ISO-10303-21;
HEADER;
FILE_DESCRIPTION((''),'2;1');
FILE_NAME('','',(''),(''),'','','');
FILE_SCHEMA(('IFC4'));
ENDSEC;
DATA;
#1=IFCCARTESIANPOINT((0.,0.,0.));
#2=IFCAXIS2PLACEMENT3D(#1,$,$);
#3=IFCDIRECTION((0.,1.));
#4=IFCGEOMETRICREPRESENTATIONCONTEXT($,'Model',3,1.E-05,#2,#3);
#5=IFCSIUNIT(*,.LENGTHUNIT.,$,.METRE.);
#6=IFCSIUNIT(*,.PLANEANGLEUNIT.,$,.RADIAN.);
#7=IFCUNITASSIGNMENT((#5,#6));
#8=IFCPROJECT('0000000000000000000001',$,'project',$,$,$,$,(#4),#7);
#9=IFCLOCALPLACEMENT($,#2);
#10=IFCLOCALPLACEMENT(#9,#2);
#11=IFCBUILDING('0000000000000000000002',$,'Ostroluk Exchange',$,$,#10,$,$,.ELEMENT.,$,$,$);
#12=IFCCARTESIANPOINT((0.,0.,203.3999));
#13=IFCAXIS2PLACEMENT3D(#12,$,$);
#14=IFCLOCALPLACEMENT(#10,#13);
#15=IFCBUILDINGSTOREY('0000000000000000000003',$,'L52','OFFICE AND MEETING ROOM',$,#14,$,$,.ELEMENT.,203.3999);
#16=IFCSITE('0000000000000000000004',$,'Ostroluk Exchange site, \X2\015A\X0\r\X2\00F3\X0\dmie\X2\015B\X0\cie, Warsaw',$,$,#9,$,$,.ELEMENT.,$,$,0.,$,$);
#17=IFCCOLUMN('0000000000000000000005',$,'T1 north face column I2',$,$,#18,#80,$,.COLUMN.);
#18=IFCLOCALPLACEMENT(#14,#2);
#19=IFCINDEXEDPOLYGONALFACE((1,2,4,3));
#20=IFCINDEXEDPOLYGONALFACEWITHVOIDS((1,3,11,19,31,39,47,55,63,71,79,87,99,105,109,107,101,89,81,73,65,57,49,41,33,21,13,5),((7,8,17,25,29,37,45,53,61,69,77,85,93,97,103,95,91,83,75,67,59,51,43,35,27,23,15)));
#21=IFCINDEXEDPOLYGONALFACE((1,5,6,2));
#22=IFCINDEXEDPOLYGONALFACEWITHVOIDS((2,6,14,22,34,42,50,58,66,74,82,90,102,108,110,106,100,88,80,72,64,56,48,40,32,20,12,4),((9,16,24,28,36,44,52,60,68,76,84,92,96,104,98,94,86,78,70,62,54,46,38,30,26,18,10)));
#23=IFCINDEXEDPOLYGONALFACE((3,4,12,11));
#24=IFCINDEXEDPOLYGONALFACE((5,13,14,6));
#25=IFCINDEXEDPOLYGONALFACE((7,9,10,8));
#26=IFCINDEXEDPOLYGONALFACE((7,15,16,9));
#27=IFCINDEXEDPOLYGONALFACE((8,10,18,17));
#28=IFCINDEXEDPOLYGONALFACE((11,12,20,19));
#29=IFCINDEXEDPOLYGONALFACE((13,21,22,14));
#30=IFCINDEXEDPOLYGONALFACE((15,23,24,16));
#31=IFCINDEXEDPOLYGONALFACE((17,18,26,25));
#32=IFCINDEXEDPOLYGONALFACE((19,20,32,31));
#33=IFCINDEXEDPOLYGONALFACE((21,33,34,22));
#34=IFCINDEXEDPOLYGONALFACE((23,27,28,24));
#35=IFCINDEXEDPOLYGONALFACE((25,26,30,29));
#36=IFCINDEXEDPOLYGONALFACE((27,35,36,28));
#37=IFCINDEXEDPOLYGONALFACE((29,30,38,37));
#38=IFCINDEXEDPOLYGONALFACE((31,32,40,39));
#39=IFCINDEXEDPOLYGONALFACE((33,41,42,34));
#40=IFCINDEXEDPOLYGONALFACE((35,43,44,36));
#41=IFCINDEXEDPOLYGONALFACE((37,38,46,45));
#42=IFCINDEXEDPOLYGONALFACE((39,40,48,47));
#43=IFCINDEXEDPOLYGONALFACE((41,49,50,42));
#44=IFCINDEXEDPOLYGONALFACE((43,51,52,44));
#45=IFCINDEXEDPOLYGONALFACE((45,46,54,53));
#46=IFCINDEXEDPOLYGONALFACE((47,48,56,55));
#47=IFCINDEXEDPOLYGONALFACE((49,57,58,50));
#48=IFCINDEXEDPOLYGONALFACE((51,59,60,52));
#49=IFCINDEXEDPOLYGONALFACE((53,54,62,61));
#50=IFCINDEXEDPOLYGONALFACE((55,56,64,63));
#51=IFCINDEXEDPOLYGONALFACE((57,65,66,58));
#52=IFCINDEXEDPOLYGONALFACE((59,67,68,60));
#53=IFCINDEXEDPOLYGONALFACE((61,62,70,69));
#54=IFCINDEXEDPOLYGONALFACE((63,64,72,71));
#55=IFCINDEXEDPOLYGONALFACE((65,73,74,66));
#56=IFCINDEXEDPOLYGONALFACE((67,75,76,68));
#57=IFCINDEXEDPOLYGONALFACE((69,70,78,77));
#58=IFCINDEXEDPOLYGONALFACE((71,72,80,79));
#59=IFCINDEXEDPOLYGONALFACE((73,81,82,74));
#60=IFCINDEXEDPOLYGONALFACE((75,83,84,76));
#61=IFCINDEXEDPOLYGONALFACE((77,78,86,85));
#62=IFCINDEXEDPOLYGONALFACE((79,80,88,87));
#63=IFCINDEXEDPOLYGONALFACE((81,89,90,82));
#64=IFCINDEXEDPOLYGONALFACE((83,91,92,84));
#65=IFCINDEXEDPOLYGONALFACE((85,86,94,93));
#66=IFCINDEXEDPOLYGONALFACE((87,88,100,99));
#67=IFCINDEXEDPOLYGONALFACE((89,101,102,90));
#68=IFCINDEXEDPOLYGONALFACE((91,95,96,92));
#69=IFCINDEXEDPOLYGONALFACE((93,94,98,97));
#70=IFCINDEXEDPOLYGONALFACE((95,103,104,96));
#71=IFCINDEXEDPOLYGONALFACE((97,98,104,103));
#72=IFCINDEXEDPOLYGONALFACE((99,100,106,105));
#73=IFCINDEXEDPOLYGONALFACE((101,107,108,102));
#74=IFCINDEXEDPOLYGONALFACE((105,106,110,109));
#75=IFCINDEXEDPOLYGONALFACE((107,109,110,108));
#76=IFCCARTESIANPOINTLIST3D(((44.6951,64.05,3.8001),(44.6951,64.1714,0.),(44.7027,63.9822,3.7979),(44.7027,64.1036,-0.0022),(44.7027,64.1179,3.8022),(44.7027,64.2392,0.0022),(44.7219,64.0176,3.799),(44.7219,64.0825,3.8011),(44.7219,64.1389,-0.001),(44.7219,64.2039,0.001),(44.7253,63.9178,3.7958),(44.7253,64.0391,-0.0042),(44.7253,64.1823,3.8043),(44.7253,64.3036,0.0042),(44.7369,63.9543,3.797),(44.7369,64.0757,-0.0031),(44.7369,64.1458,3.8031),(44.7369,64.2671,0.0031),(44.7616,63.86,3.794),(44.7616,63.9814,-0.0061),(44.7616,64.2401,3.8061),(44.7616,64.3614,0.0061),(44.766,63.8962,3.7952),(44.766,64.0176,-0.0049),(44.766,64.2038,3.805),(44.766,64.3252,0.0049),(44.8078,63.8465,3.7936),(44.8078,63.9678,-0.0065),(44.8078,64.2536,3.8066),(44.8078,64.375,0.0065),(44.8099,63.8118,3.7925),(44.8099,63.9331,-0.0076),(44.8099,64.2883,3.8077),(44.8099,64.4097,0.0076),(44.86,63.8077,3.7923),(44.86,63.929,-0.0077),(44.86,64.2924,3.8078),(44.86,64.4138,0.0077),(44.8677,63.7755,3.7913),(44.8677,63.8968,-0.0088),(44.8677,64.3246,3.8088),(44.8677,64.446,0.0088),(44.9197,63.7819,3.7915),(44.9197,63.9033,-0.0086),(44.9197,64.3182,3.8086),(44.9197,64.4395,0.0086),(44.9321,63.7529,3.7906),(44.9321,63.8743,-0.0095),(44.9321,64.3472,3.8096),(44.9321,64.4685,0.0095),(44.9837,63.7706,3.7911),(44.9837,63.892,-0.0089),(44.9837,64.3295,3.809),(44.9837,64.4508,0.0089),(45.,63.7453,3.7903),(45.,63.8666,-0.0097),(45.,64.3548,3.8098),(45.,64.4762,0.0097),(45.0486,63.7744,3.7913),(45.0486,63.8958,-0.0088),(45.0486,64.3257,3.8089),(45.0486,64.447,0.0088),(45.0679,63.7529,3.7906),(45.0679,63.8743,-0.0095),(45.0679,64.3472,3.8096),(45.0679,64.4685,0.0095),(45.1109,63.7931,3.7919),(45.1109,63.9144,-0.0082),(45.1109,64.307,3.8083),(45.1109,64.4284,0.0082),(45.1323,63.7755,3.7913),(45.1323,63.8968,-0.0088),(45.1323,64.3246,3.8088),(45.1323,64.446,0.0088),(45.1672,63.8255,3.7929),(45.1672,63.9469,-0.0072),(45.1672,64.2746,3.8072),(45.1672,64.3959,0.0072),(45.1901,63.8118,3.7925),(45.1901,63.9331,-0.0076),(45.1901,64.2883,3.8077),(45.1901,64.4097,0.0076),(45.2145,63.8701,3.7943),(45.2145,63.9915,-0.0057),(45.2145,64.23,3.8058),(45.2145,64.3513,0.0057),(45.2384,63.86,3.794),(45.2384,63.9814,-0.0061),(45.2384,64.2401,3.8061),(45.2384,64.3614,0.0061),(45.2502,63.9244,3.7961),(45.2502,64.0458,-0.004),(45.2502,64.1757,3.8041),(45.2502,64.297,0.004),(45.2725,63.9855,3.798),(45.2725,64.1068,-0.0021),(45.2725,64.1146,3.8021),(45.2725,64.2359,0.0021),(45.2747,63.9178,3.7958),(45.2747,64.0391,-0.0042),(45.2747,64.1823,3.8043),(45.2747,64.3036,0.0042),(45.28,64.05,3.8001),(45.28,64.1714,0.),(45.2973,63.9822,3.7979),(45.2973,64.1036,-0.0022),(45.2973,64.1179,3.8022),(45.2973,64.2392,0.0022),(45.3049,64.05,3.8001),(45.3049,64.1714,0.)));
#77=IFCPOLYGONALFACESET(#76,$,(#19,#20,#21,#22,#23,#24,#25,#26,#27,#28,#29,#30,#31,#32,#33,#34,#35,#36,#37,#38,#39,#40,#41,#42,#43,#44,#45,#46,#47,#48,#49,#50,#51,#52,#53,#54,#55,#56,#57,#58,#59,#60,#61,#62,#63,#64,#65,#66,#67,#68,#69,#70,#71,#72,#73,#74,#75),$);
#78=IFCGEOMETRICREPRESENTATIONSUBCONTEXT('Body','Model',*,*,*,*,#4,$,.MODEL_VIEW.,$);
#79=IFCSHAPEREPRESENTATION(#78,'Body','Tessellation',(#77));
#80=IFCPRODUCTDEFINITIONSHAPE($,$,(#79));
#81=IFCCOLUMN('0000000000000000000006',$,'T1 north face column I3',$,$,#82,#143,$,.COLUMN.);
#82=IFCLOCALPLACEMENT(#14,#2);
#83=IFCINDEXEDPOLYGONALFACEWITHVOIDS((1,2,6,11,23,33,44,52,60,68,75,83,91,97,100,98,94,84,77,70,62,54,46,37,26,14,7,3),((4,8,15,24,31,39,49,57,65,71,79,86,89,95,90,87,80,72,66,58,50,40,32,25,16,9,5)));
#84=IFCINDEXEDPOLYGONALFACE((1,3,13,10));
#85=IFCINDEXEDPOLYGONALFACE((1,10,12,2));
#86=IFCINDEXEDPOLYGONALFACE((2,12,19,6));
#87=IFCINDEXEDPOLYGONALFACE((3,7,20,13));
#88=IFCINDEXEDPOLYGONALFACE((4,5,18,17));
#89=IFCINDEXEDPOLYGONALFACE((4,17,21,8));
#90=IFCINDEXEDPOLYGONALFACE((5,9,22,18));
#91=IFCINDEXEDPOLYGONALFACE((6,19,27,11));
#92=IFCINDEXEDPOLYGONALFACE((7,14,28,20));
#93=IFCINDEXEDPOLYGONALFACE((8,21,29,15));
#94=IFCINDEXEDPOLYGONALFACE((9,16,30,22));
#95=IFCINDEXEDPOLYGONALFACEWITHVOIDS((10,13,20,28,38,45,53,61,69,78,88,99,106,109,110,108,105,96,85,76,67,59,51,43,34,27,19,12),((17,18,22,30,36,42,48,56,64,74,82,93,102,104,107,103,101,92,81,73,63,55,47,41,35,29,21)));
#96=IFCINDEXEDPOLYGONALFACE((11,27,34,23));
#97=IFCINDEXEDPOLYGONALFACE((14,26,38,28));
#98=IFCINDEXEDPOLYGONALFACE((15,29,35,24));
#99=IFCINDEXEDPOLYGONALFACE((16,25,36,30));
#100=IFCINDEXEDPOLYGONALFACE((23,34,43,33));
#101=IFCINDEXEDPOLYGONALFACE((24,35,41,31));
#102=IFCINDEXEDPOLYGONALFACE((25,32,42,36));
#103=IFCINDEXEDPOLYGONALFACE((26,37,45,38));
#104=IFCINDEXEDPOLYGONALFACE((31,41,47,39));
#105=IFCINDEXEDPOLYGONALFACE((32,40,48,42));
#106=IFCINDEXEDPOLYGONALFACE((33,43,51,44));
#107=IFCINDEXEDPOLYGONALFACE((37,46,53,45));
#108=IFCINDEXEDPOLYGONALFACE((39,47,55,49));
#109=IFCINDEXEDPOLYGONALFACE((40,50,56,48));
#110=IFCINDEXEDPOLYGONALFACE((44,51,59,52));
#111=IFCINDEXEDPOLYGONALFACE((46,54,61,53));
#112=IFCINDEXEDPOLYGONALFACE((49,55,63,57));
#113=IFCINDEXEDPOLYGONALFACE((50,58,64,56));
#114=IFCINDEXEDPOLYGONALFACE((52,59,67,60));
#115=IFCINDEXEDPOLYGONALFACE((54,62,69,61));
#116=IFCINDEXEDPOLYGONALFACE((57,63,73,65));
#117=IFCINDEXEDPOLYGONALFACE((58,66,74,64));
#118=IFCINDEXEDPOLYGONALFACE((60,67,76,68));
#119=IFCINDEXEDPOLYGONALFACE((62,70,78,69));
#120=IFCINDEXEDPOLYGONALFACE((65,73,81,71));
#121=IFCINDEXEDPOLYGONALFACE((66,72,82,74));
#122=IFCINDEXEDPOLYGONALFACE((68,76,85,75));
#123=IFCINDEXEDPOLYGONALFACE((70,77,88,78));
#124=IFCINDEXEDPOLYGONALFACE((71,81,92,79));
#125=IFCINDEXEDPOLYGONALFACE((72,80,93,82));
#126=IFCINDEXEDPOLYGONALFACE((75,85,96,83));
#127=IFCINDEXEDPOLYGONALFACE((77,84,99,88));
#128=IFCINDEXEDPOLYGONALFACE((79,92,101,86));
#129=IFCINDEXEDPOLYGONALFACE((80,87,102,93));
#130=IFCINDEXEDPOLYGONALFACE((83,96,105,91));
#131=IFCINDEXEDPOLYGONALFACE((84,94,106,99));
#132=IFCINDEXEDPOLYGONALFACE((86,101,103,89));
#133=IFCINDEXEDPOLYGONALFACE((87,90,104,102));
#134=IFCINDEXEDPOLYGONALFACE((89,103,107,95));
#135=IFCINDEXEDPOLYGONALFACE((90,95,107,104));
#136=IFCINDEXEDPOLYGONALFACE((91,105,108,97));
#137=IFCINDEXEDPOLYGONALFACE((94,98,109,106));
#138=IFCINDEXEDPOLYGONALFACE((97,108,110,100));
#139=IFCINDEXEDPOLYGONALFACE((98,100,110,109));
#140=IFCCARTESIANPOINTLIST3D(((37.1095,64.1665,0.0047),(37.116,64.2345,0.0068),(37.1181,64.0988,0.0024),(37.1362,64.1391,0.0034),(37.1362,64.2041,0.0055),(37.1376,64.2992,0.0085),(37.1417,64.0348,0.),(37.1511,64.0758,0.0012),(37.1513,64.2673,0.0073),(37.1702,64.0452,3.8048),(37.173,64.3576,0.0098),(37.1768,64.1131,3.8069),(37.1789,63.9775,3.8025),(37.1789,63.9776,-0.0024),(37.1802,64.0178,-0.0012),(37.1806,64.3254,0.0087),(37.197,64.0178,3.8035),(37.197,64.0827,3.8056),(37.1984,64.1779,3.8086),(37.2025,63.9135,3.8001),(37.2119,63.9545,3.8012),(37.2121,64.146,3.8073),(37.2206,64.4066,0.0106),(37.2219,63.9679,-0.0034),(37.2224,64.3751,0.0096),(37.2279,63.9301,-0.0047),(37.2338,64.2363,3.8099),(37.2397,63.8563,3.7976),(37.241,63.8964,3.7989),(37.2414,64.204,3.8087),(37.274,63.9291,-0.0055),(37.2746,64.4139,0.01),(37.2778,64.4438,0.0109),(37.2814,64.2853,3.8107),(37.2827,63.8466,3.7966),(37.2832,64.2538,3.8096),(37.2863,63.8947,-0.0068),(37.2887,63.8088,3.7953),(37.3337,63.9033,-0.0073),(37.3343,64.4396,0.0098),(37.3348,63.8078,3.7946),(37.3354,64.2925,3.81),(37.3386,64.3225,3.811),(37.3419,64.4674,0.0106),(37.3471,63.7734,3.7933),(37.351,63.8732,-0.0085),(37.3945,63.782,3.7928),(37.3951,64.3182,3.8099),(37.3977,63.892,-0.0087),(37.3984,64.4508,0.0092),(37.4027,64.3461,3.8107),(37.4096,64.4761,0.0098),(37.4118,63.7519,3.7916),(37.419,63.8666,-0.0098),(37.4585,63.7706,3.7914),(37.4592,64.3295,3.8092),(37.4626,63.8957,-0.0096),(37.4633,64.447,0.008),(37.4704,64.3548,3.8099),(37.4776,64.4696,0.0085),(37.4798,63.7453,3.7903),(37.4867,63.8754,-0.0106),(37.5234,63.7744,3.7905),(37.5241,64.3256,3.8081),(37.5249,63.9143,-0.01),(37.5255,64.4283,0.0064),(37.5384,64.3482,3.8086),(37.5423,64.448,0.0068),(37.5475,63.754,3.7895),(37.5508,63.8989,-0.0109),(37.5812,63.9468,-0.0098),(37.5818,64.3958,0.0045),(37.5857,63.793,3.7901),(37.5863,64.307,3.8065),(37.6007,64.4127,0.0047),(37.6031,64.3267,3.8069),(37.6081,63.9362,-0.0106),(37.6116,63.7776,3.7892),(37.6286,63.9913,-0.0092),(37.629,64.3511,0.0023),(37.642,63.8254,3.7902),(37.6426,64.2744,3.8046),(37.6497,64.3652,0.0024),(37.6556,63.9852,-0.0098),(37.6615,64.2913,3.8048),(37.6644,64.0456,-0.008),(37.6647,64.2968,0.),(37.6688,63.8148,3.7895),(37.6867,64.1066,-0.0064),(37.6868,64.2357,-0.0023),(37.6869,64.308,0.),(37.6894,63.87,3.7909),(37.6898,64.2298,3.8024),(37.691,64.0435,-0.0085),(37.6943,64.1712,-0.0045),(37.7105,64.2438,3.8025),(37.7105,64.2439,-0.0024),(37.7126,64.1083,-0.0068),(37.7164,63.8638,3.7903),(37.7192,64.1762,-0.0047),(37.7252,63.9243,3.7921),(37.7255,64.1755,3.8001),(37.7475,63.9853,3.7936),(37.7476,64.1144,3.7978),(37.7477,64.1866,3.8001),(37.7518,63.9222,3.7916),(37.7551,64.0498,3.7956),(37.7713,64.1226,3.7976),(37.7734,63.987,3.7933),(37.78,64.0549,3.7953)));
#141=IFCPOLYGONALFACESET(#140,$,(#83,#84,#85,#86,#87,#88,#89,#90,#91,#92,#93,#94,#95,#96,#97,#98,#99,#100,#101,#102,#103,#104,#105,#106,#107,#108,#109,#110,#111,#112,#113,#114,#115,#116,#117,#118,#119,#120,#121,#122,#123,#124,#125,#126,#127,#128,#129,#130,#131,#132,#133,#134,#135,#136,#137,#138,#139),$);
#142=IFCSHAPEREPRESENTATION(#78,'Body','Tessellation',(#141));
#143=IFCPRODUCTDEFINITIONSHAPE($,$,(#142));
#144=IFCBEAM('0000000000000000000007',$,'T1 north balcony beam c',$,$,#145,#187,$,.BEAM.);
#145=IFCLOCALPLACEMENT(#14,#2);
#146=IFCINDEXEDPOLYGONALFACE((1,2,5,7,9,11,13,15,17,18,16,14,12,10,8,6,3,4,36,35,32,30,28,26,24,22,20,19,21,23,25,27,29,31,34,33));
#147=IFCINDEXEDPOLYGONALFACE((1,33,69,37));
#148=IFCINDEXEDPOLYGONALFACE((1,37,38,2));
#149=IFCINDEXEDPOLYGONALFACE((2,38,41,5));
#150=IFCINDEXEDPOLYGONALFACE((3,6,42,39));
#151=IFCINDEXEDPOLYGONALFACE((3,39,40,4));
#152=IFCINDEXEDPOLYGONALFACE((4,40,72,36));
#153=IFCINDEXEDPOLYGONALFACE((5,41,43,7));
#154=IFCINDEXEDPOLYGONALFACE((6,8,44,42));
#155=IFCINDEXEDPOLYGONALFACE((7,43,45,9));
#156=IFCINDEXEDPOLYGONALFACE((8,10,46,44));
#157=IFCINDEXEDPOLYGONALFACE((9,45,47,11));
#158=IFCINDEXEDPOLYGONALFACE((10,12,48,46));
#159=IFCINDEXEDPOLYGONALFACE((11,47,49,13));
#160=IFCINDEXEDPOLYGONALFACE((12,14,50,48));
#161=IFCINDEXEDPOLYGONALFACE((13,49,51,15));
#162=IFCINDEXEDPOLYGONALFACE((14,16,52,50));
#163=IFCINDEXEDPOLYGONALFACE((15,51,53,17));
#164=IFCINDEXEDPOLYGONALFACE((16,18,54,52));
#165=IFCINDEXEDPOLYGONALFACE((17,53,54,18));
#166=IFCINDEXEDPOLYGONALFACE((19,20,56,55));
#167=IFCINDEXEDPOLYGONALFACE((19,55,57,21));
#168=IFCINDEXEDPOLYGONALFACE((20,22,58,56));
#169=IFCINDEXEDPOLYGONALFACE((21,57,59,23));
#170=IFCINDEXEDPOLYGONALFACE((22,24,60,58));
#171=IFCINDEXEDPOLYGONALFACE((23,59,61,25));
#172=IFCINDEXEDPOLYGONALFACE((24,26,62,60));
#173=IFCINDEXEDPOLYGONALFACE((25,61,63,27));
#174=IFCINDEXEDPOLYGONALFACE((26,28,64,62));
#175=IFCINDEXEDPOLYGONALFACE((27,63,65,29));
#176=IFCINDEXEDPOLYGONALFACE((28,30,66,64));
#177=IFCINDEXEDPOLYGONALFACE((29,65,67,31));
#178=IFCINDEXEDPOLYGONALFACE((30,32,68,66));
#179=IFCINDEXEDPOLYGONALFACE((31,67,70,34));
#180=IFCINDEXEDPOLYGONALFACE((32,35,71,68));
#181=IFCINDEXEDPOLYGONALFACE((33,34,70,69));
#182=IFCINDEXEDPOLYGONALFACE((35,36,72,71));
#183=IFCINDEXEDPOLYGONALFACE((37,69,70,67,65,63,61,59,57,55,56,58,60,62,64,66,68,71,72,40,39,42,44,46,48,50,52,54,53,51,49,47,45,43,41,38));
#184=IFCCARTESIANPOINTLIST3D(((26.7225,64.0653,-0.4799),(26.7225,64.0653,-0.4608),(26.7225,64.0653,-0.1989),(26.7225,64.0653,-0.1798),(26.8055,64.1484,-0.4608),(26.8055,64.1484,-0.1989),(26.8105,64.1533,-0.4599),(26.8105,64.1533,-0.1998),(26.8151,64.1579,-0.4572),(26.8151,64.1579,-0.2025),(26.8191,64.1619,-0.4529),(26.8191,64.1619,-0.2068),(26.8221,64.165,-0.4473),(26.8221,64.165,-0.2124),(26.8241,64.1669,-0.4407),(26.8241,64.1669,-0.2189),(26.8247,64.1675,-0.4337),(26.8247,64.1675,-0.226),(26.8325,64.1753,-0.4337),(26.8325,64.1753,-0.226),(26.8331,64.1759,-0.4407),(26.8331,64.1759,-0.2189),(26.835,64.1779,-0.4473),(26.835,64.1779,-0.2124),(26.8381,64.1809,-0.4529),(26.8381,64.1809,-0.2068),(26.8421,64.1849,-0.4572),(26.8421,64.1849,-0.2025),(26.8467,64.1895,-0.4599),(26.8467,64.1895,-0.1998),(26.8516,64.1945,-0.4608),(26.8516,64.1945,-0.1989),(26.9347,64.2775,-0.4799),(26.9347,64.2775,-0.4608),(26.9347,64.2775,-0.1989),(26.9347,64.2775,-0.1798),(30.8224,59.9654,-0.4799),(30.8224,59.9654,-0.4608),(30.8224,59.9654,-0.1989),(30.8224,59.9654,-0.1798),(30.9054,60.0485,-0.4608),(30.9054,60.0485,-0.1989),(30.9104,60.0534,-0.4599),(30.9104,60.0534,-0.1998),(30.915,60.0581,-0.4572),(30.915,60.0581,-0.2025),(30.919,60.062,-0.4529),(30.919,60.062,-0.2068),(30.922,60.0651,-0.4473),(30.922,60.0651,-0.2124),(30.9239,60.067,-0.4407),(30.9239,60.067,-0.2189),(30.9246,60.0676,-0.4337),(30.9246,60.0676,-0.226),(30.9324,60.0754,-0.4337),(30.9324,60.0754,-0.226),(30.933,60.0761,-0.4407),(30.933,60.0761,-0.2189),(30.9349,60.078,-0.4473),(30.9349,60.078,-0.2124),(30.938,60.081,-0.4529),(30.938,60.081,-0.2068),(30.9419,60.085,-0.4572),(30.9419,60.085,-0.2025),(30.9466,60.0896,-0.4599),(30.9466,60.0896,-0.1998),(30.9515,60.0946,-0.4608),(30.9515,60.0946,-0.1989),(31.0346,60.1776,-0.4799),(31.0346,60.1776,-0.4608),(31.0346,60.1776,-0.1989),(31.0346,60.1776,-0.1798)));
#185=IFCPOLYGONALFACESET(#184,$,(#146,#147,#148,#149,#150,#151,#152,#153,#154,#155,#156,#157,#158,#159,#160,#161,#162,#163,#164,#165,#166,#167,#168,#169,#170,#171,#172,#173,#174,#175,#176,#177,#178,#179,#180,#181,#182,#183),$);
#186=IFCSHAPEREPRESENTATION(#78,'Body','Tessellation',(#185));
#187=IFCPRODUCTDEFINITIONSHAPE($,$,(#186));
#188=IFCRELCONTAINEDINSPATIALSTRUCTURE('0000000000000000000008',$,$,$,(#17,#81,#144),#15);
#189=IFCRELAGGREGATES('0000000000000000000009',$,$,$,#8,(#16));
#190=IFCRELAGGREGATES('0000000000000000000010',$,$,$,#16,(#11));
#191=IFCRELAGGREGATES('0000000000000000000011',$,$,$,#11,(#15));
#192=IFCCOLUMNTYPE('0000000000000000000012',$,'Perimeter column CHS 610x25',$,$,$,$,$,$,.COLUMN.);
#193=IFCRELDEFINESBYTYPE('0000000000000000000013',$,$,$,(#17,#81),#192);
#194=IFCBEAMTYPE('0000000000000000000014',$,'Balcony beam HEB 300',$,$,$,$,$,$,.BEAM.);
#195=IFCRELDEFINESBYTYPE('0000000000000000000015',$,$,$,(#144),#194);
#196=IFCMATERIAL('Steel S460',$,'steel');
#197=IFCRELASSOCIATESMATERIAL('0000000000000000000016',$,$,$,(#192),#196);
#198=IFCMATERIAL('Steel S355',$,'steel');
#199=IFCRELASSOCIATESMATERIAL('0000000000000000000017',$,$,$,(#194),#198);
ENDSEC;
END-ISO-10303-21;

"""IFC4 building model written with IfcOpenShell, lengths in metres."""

from ifc_helpers import new_model, si_unit, direction, frame, origin, origin_2d, place, context, subcontext, project, spatial, hollow_circle, i_section, extrude, material, material_profile, profile_set, type_object, element, save


model = new_model("IFC4")

# Units and contexts
model_context = context("Model", 3, precision=1e-05, world=origin(), true_north=direction((0.0, 1.0)))
body_context = subcontext(model_context, "Body", "Model", "MODEL_VIEW")
ifc_project = project(units=[si_unit("LENGTHUNIT", "METRE"), si_unit("PLANEANGLEUNIT", "RADIAN")], contexts=[model_context])

# Site, building, storey
site_placement = place(None, origin())
site = spatial("IfcSite", under=ifc_project, at=site_placement, Name="Ostroluk Exchange site, Śródmieście, Warsaw", CompositionType="ELEMENT", RefElevation=0.0)
building_placement = place(site_placement, origin())
building = spatial("IfcBuilding", under=site, at=building_placement, Name="Ostroluk Exchange", CompositionType="ELEMENT")
storey_placement = place(building_placement, frame((0.0, 0.0, 203.3999)))
storey = spatial("IfcBuildingStorey", under=building, at=storey_placement, Name="L52", Description="OFFICE AND MEETING ROOM", CompositionType="ELEMENT", Elevation=203.3999)

# Columns
ifc_material_1 = material(Name="Steel S460", Category="steel")
ifc_material_profile_1 = material_profile(ifc_material_1, hollow_circle(Radius=0.3049, WallThickness=0.0249, at=origin_2d()), Name="CHS 610x25")
ifc_profile_set_1 = profile_set([ifc_material_profile_1], Name="Steel S460")
column_type = type_object("IfcColumnType", Name="Perimeter column CHS 610x25", PredefinedType="COLUMN", material=ifc_profile_set_1)
column_1_placement = place(storey_placement, frame((45.0, 64.1714, 0.0), z_axis=(0.0, -0.031914, 0.999491), x_axis=(1.0, 0.0, 0.0)))
element("IfcColumn", 1, at=column_1_placement, inside=storey, type_object=column_type, Name="T1 north face column I2", PredefinedType="COLUMN", context=body_context, shape_type="SweptSolid", body=[
    extrude(hollow_circle(Radius=0.3049, WallThickness=0.0249, at=origin_2d()), origin(), (0.0, 0.0, 1.0), 3.802),
])
column_2_placement = place(storey_placement, frame((37.4143, 64.1714, 0.0), z_axis=(0.015987, -0.03191, 0.999363), x_axis=(0.894067, 0.447933, 0.0)))
element("IfcColumn", 2, at=column_2_placement, inside=storey, type_object=column_type, Name="T1 north face column I3", PredefinedType="COLUMN", context=body_context, shape_type="SweptSolid", body=[
    extrude(hollow_circle(Radius=0.3049, WallThickness=0.0249, at=origin_2d()), origin(), (0.0, 0.0, 1.0), 3.8025),
])

# Beam
ifc_material_2 = material(Name="Steel S355", Category="steel")
ifc_material_profile_2 = material_profile(ifc_material_2, i_section(OverallWidth=0.3, OverallDepth=0.3, WebThickness=0.011, FlangeThickness=0.019, FilletRadius=0.0271, at=origin_2d()), Name="HEB 300")
ifc_profile_set_2 = profile_set([ifc_material_profile_2], Name="Steel S355")
beam_type_1 = type_object("IfcBeamType", Name="Balcony beam HEB 300", PredefinedType="BEAM", material=ifc_profile_set_2)
beam_placement = place(storey_placement, frame((30.9285, 60.0715, -0.3298), z_axis=(-0.707107, 0.707107, 0.0), x_axis=(-0.707107, -0.707107, 0.0)))
element("IfcBeam", 3, at=beam_placement, inside=storey, type_object=beam_type_1, Name="T1 north balcony beam c", PredefinedType="BEAM", context=body_context, shape_type="SweptSolid", body=[
    extrude(i_section(OverallWidth=0.3, OverallDepth=0.3, WebThickness=0.011, FlangeThickness=0.019, FilletRadius=0.0271, at=origin_2d()), origin(), (0.0, 0.0, 1.0), 5.7981),
])

save(model, "model.ifc")
